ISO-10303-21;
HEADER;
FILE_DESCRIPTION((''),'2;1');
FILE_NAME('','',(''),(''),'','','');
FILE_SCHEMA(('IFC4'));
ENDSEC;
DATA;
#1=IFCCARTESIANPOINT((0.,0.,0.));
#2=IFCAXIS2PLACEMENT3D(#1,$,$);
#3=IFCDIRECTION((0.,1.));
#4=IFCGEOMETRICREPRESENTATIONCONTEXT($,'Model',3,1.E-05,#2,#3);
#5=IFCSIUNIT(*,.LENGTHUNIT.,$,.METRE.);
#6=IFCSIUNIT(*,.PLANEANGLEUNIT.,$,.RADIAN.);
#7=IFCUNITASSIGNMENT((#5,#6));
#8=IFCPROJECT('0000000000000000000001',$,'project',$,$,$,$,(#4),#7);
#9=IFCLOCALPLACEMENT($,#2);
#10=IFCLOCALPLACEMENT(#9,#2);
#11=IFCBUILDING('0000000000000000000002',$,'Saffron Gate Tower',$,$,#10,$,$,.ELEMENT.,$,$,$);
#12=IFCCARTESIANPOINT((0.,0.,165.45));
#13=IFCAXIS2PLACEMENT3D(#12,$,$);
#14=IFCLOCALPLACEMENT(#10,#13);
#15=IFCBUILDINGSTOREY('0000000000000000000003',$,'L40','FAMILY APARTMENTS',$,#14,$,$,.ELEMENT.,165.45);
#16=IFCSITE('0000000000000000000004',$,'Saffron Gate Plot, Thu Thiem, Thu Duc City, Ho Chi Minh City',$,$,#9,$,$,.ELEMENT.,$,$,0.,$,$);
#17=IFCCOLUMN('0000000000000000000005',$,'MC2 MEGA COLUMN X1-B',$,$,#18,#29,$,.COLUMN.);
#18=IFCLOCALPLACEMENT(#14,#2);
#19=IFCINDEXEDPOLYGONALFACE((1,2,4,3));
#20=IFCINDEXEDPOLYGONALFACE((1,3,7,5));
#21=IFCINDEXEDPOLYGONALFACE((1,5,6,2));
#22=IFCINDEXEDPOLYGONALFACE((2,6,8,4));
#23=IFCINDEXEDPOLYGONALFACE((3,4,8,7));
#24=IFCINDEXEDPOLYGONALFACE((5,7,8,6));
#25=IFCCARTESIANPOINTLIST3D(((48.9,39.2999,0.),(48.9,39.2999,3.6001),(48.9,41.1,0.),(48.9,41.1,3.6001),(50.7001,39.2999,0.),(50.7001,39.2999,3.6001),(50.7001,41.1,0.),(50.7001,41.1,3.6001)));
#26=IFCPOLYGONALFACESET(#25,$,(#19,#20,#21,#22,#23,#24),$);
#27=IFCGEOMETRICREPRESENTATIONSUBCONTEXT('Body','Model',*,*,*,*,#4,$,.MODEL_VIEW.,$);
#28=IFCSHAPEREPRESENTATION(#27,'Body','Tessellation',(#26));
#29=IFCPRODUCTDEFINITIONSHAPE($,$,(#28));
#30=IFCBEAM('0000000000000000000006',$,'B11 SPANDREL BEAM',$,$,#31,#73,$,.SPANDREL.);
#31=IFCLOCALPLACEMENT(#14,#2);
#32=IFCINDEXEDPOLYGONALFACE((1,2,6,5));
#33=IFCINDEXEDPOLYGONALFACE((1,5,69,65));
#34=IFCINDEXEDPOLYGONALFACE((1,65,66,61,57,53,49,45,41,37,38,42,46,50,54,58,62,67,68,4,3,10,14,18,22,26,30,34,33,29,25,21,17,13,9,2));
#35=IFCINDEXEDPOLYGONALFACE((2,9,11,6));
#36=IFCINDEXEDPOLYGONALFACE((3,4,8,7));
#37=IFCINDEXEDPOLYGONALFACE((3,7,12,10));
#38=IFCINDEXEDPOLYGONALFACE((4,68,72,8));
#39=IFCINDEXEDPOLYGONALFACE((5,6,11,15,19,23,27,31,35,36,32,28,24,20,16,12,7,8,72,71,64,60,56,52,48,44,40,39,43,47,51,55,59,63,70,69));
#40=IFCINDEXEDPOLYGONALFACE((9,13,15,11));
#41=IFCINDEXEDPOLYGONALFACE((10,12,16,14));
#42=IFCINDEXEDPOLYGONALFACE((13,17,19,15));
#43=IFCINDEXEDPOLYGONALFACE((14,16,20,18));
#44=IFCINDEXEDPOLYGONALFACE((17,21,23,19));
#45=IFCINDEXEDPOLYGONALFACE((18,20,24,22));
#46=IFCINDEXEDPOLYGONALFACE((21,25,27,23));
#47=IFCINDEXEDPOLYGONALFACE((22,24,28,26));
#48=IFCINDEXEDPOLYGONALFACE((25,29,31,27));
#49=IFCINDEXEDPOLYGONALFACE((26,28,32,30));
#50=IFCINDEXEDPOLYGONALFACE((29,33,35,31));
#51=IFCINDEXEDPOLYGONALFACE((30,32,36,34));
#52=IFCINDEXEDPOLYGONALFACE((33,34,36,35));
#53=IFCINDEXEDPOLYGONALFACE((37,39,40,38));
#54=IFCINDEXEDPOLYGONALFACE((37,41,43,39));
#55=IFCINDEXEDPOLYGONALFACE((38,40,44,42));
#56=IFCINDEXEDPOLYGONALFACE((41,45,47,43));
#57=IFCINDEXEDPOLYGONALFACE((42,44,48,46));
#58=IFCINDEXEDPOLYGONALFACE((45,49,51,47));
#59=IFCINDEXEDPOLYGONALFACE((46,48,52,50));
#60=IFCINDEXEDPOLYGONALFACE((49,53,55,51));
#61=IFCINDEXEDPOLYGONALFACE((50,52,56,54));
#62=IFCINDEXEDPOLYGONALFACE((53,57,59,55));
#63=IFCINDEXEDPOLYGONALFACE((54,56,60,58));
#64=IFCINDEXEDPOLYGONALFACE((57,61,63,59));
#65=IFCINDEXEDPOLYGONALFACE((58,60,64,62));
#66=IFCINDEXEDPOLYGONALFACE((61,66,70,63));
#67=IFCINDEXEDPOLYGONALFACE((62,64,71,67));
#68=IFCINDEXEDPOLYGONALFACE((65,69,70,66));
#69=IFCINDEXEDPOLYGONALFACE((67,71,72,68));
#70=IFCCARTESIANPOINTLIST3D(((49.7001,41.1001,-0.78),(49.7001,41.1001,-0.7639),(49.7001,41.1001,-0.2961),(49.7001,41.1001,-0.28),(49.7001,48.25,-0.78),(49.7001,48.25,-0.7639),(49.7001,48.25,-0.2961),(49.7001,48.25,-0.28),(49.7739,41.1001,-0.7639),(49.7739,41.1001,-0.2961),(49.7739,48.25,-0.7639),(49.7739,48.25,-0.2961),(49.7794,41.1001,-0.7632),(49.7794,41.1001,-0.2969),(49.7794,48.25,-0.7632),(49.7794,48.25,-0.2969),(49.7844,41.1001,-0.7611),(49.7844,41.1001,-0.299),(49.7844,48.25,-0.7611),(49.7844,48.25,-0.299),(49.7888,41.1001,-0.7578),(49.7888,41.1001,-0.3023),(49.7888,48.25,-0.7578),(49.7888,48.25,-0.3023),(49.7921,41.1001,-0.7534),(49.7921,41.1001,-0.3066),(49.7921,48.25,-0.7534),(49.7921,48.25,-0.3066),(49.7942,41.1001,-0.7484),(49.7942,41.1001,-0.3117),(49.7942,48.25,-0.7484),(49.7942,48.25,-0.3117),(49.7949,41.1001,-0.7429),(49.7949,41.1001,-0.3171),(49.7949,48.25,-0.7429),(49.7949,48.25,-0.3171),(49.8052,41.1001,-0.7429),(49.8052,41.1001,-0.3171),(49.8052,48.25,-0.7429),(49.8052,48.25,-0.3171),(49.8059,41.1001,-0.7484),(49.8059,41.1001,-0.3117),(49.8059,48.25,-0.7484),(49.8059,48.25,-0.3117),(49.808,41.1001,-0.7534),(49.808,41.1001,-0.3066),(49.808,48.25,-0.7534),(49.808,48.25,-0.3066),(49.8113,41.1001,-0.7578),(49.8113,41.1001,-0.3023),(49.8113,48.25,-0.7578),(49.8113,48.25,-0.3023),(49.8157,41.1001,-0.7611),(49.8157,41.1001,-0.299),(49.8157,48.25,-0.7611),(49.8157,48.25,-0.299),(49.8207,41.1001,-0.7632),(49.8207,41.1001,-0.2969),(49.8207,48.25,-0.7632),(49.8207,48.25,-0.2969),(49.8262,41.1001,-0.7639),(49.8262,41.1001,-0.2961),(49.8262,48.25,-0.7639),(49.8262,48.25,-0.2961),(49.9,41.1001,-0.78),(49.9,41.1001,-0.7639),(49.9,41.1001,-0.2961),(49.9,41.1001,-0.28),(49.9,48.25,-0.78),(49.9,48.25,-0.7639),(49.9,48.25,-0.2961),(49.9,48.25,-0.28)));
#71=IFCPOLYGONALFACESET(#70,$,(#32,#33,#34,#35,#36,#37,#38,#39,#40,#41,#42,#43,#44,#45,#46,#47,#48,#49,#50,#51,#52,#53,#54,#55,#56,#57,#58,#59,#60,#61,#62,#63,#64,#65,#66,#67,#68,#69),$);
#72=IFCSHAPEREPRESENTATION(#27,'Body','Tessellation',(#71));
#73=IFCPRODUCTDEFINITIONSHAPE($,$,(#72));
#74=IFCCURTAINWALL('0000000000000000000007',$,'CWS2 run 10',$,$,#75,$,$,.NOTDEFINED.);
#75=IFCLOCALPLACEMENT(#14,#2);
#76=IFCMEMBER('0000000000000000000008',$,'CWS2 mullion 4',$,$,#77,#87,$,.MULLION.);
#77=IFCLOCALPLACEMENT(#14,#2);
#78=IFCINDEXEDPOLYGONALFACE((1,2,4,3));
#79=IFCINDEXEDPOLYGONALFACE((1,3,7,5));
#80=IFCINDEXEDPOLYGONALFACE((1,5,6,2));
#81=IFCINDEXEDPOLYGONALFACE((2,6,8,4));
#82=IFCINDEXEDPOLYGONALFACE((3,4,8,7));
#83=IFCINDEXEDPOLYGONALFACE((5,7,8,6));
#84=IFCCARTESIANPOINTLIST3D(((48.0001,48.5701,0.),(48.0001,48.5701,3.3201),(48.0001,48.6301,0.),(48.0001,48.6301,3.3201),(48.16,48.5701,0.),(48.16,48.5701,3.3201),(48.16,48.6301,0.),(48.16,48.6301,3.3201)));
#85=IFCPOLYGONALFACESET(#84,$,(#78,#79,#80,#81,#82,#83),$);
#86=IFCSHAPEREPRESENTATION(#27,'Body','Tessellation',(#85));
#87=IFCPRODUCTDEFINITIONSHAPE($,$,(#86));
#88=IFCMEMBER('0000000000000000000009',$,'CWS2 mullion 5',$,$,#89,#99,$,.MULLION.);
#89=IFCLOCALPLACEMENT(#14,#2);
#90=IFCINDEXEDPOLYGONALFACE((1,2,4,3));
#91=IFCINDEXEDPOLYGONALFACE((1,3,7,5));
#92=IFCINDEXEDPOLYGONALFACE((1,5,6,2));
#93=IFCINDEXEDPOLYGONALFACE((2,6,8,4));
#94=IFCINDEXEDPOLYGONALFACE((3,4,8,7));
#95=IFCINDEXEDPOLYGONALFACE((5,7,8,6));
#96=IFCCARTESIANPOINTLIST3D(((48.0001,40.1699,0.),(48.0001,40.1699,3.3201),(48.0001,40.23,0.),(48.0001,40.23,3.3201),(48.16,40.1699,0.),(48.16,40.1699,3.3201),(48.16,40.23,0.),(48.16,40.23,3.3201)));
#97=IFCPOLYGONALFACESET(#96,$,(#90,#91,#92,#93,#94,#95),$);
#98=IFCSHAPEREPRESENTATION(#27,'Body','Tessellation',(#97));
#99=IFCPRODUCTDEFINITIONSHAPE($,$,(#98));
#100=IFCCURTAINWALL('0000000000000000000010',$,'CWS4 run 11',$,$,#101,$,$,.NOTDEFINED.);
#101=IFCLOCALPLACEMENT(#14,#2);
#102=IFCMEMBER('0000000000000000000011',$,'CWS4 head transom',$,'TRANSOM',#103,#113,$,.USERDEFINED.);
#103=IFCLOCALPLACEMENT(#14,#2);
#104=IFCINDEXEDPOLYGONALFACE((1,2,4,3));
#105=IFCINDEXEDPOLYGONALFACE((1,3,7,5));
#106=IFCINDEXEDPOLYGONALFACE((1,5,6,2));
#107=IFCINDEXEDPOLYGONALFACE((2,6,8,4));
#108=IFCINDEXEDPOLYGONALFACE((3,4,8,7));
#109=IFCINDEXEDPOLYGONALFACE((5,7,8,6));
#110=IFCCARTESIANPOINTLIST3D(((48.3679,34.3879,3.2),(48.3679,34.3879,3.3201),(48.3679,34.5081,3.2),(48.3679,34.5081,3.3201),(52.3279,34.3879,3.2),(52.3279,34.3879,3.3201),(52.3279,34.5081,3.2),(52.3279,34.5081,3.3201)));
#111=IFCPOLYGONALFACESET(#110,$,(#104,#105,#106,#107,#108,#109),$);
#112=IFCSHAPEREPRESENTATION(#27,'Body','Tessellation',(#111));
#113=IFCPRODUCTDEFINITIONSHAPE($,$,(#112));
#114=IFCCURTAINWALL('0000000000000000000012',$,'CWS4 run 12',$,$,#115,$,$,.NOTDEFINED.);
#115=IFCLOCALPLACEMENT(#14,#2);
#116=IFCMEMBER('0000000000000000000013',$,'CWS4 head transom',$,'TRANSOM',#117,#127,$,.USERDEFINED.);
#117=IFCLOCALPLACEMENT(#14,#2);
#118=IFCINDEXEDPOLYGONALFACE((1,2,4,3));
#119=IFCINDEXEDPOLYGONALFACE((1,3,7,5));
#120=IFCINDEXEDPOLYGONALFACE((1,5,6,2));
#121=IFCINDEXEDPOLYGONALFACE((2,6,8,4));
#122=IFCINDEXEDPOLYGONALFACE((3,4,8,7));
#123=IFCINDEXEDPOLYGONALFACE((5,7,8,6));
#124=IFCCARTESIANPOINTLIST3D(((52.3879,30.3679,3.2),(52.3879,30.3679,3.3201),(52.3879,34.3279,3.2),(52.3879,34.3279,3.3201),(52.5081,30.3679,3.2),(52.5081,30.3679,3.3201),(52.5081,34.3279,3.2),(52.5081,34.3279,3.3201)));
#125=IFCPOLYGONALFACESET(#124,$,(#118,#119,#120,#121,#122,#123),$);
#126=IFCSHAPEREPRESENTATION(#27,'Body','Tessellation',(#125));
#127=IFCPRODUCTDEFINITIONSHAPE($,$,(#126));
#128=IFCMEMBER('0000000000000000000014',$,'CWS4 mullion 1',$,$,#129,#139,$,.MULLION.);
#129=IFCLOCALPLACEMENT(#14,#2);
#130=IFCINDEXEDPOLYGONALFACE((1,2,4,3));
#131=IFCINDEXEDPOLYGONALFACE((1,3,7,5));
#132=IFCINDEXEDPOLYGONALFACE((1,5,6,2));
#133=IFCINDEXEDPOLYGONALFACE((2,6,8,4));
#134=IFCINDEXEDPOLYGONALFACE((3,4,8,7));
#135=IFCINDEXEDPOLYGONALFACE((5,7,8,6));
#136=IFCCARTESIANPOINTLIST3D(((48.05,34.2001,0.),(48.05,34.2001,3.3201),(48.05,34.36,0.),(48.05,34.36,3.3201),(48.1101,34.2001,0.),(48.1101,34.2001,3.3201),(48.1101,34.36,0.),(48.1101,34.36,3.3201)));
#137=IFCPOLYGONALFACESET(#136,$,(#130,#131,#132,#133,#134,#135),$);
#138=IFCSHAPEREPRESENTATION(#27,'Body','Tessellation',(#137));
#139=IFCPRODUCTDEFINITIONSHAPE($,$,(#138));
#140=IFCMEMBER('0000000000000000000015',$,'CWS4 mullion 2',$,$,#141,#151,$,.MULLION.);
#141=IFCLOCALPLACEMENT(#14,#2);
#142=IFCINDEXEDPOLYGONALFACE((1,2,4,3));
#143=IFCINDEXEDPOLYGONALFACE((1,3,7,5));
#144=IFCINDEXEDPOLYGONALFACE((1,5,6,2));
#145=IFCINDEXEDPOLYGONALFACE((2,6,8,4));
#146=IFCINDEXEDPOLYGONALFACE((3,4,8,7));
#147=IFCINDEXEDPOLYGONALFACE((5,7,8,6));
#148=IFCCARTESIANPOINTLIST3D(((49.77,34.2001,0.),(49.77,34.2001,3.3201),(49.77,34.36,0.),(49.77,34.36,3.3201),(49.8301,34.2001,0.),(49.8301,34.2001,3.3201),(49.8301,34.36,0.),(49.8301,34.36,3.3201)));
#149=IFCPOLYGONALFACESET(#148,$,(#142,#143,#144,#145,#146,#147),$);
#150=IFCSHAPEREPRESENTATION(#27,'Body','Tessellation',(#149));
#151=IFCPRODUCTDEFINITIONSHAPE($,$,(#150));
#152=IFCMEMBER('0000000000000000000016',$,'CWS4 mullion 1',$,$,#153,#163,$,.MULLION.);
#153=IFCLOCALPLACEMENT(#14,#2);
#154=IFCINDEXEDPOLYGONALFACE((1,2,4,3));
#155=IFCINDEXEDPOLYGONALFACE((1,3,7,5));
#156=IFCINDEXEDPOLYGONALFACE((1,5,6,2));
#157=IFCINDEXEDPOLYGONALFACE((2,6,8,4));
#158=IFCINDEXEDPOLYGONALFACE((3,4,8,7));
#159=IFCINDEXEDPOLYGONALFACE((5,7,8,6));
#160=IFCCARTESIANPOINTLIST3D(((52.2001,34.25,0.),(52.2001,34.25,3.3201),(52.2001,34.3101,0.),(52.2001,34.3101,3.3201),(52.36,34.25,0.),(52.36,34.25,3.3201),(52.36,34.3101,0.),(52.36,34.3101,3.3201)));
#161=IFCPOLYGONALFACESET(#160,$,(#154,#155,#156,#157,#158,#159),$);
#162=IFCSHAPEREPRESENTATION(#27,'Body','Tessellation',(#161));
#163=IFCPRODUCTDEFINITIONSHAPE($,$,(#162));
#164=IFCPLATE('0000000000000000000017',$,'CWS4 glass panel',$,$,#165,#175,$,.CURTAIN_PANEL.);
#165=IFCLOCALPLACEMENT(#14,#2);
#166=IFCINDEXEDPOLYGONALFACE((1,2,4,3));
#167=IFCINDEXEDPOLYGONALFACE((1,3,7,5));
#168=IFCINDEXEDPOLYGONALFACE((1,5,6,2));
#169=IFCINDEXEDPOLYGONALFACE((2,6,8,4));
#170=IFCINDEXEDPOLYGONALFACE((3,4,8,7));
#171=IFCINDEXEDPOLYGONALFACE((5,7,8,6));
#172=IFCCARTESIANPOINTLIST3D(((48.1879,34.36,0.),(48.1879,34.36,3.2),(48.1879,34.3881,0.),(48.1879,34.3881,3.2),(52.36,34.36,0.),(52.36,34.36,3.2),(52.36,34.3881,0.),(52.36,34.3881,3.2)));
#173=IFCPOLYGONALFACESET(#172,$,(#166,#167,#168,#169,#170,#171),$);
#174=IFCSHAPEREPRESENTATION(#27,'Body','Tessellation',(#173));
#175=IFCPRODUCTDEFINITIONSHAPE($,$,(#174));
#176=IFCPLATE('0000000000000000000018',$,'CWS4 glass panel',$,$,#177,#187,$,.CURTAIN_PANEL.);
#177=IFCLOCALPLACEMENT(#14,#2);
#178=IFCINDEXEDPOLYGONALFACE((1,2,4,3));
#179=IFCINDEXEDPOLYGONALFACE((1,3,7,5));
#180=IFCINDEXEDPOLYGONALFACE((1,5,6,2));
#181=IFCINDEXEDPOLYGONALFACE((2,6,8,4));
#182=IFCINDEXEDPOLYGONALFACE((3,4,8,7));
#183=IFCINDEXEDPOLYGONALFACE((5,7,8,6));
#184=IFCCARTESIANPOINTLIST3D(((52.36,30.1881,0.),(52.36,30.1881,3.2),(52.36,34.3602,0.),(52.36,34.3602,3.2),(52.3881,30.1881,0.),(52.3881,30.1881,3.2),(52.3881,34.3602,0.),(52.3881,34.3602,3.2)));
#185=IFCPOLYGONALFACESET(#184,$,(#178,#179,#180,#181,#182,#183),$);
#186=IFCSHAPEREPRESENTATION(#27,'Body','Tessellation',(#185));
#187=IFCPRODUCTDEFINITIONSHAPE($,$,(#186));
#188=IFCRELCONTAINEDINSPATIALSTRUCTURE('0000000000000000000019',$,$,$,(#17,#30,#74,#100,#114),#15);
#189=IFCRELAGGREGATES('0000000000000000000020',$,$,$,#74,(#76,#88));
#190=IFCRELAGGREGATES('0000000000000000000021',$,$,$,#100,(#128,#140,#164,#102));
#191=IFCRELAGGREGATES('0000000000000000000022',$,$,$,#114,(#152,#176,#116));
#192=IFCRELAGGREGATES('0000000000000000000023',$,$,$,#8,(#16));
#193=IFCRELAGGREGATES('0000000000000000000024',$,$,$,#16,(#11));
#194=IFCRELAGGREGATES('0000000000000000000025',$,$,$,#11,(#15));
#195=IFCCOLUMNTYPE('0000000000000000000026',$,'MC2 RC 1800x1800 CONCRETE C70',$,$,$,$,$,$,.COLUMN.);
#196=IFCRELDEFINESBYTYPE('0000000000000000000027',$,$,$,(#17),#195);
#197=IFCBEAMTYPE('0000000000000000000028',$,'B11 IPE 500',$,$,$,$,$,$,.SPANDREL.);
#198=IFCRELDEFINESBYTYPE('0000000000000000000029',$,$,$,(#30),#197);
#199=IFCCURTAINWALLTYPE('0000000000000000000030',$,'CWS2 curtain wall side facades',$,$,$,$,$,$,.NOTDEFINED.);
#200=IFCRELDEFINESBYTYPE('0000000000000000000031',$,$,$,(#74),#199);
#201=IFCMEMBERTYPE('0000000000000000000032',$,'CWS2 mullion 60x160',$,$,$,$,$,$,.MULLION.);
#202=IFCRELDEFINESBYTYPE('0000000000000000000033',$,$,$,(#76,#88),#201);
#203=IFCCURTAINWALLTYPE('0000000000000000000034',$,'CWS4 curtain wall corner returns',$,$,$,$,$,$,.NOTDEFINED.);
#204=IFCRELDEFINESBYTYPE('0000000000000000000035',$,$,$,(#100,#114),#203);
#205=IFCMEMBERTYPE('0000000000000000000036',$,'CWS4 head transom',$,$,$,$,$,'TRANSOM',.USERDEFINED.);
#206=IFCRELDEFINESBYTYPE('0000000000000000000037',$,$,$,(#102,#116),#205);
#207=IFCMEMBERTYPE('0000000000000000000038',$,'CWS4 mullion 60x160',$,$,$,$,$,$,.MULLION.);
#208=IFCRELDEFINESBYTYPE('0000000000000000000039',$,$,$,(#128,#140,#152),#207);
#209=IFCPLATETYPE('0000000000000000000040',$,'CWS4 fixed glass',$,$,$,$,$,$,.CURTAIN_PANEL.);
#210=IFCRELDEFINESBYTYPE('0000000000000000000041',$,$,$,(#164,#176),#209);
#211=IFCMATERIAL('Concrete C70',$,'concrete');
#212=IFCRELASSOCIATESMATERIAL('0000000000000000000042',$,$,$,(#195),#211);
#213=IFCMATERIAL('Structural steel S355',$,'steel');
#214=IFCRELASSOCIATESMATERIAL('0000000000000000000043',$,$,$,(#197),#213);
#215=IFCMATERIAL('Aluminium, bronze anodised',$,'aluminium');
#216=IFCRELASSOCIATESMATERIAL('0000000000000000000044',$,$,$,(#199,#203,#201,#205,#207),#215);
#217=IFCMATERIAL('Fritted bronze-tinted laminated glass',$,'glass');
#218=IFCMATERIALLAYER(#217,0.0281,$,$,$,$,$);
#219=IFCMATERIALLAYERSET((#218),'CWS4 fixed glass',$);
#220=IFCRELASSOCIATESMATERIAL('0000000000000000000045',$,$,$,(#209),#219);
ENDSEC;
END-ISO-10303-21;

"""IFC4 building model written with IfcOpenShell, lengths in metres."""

from ifc_helpers import new_model, si_unit, direction, frame, frame_2d, origin, origin_2d, place, context, subcontext, project, spatial, rectangle, i_section, extrude, material, layer, layer_set, material_profile, profile_set, type_object, element, aggregate, save


model = new_model("IFC4")

# Units and contexts
model_context = context("Model", 3, precision=1e-05, world=origin(), true_north=direction((0.0, 1.0)))
body_context = subcontext(model_context, "Body", "Model", "MODEL_VIEW")
ifc_project = project(units=[si_unit("LENGTHUNIT", "METRE"), si_unit("PLANEANGLEUNIT", "RADIAN")], contexts=[model_context])

# Site, building, storey
site_placement = place(None, origin())
site = spatial("IfcSite", under=ifc_project, at=site_placement, Name="Saffron Gate Plot, Thu Thiem, Thu Duc City, Ho Chi Minh City", CompositionType="ELEMENT", RefElevation=0.0)
building_placement = place(site_placement, origin())
building = spatial("IfcBuilding", under=site, at=building_placement, Name="Saffron Gate Tower", CompositionType="ELEMENT")
storey_placement = place(building_placement, frame((0.0, 0.0, 165.45)))
storey = spatial("IfcBuildingStorey", under=building, at=storey_placement, Name="L40", Description="FAMILY APARTMENTS", CompositionType="ELEMENT", Elevation=165.45)

# Column
ifc_material_1 = material(Name="Concrete C70", Category="concrete")
ifc_material_profile_1 = material_profile(ifc_material_1, rectangle(XDim=1.8, YDim=1.8, at=origin_2d()))
ifc_profile_set_1 = profile_set([ifc_material_profile_1], Name="Concrete C70")
column_type = type_object("IfcColumnType", Name="MC2 RC 1800x1800 CONCRETE C70", PredefinedType="COLUMN", material=ifc_profile_set_1)
column_placement = place(storey_placement, frame((49.8, 40.2, 0.0), z_axis=(0.0, 0.0, 1.0), x_axis=(1.0, 0.0, 0.0)))
element("IfcColumn", 1, at=column_placement, inside=storey, type_object=column_type, Name="MC2 MEGA COLUMN X1-B", PredefinedType="COLUMN", context=body_context, shape_type="SweptSolid", body=[
    extrude(rectangle(XDim=1.8, YDim=1.8, at=origin_2d()), origin(), (0.0, 0.0, 1.0), 3.6001),
])

# Beam
ifc_material_2 = material(Name="Structural steel S355", Category="steel")
ifc_material_profile_2 = material_profile(ifc_material_2, i_section(OverallWidth=0.2, OverallDepth=0.5, WebThickness=0.0103, FlangeThickness=0.0161, FilletRadius=0.021, at=origin_2d()))
ifc_profile_set_2 = profile_set([ifc_material_profile_2], Name="Structural steel S355")
beam_type = type_object("IfcBeamType", Name="B11 IPE 500", PredefinedType="SPANDREL", material=ifc_profile_set_2)
beam_placement = place(storey_placement, frame((49.8, 41.1001, -0.53), z_axis=(0.0, 1.0, 0.0), x_axis=(-1.0, 0.0, 0.0)))
element("IfcBeam", 2, at=beam_placement, inside=storey, type_object=beam_type, Name="B11 SPANDREL BEAM", PredefinedType="SPANDREL", context=body_context, shape_type="SweptSolid", body=[
    extrude(i_section(OverallWidth=0.2, OverallDepth=0.5, WebThickness=0.0103, FlangeThickness=0.0161, FilletRadius=0.021, at=origin_2d()), origin(), (0.0, 0.0, 1.0), 7.1499),
])

# Curtain wall, members
ifc_material_3 = material(Name="Aluminium, bronze anodised", Category="aluminium")
curtain_wall_type_1 = type_object("IfcCurtainWallType", Name="CWS2 curtain wall side facades", PredefinedType="NOTDEFINED", material=ifc_material_3)
curtain_wall_1_placement = place(storey_placement, origin())
curtain_wall_1 = element("IfcCurtainWall", 3, at=curtain_wall_1_placement, inside=storey, type_object=curtain_wall_type_1, Name="CWS2 run 10", PredefinedType="NOTDEFINED")
ifc_material_profile_3 = material_profile(ifc_material_3, rectangle(XDim=0.1599, YDim=0.0601, at=origin_2d()))
ifc_profile_set_3 = profile_set([ifc_material_profile_3], Name="Aluminium, bronze anodised")
member_type_1 = type_object("IfcMemberType", Name="CWS2 mullion 60x160", PredefinedType="MULLION", material=ifc_profile_set_3)
member_1_placement = place(storey_placement, frame((48.0801, 48.6001, 0.0), z_axis=(0.0, 0.0, 1.0), x_axis=(1.0, 0.0, 0.0)))
member_1 = element("IfcMember", 4, at=member_1_placement, type_object=member_type_1, Name="CWS2 mullion 4", PredefinedType="MULLION", context=body_context, shape_type="SweptSolid", body=[
    extrude(rectangle(XDim=0.1599, YDim=0.0601, at=origin_2d()), origin(), (0.0, 0.0, 1.0), 3.3201),
])
member_2_placement = place(storey_placement, frame((48.0801, 40.2, 0.0), z_axis=(0.0, 0.0, 1.0), x_axis=(1.0, 0.0, 0.0)))
member_2 = element("IfcMember", 5, at=member_2_placement, type_object=member_type_1, Name="CWS2 mullion 5", PredefinedType="MULLION", context=body_context, shape_type="SweptSolid", body=[
    extrude(rectangle(XDim=0.1599, YDim=0.0601, at=origin_2d()), origin(), (0.0, 0.0, 1.0), 3.3201),
])
aggregate(curtain_wall_1, [member_1, member_2])

# Curtain walls, members
curtain_wall_type_2 = type_object("IfcCurtainWallType", Name="CWS4 curtain wall corner returns", PredefinedType="NOTDEFINED", material=ifc_material_3)
curtain_wall_2_placement = place(storey_placement, origin())
curtain_wall_2 = element("IfcCurtainWall", 6, at=curtain_wall_2_placement, inside=storey, type_object=curtain_wall_type_2, Name="CWS4 run 11", PredefinedType="NOTDEFINED")
ifc_material_profile_4 = material_profile(ifc_material_3, rectangle(XDim=0.1201, YDim=0.1201, at=origin_2d()))
ifc_profile_set_4 = profile_set([ifc_material_profile_4], Name="Aluminium, bronze anodised")
member_type_2 = type_object("IfcMemberType", Name="CWS4 head transom", ElementType="TRANSOM", PredefinedType="USERDEFINED", material=ifc_profile_set_4)
member_3_placement = place(storey_placement, frame((48.3679, 34.448, 3.26), z_axis=(1.0, 0.0, 0.0), x_axis=(0.0, 1.0, 0.0)))
member_3 = element("IfcMember", 7, at=member_3_placement, type_object=member_type_2, Name="CWS4 head transom", ObjectType="TRANSOM", PredefinedType="USERDEFINED", context=body_context, shape_type="SweptSolid", body=[
    extrude(rectangle(XDim=0.1201, YDim=0.1201, at=origin_2d()), origin(), (0.0, 0.0, 1.0), 3.96),
])
curtain_wall_3_placement = place(storey_placement, origin())
curtain_wall_3 = element("IfcCurtainWall", 8, at=curtain_wall_3_placement, inside=storey, type_object=curtain_wall_type_2, Name="CWS4 run 12", PredefinedType="NOTDEFINED")
member_4_placement = place(storey_placement, frame((52.448, 34.3279, 3.26), z_axis=(0.0, -1.0, 0.0), x_axis=(1.0, 0.0, 0.0)))
member_4 = element("IfcMember", 9, at=member_4_placement, type_object=member_type_2, Name="CWS4 head transom", ObjectType="TRANSOM", PredefinedType="USERDEFINED", context=body_context, shape_type="SweptSolid", body=[
    extrude(rectangle(XDim=0.1201, YDim=0.1201, at=origin_2d()), origin(), (0.0, 0.0, 1.0), 3.96),
])

# Members
ifc_material_profile_5 = material_profile(ifc_material_3, rectangle(XDim=0.1599, YDim=0.0601, at=origin_2d()))
ifc_profile_set_5 = profile_set([ifc_material_profile_5], Name="Aluminium, bronze anodised")
member_type_3 = type_object("IfcMemberType", Name="CWS4 mullion 60x160", PredefinedType="MULLION", material=ifc_profile_set_5)
member_5_placement = place(storey_placement, frame((48.0801, 34.28, 0.0), z_axis=(0.0, 0.0, 1.0), x_axis=(0.0, 1.0, 0.0)))
member_5 = element("IfcMember", 10, at=member_5_placement, type_object=member_type_3, Name="CWS4 mullion 1", PredefinedType="MULLION", context=body_context, shape_type="SweptSolid", body=[
    extrude(rectangle(XDim=0.1599, YDim=0.0601, at=origin_2d()), origin(), (0.0, 0.0, 1.0), 3.3201),
])
member_6_placement = place(storey_placement, frame((49.8, 34.28, 0.0), z_axis=(0.0, 0.0, 1.0), x_axis=(0.0, 1.0, 0.0)))
member_6 = element("IfcMember", 11, at=member_6_placement, type_object=member_type_3, Name="CWS4 mullion 2", PredefinedType="MULLION", context=body_context, shape_type="SweptSolid", body=[
    extrude(rectangle(XDim=0.1599, YDim=0.0601, at=origin_2d()), origin(), (0.0, 0.0, 1.0), 3.3201),
])
member_7_placement = place(storey_placement, frame((52.28, 34.28, 0.0), z_axis=(0.0, 0.0, 1.0), x_axis=(1.0, 0.0, 0.0)))
member_7 = element("IfcMember", 12, at=member_7_placement, type_object=member_type_3, Name="CWS4 mullion 1", PredefinedType="MULLION", context=body_context, shape_type="SweptSolid", body=[
    extrude(rectangle(XDim=0.1599, YDim=0.0601, at=origin_2d()), origin(), (0.0, 0.0, 1.0), 3.3201),
])

# Plates
ifc_material_4 = material(Name="Fritted bronze-tinted laminated glass", Category="glass")
ifc_layer_1 = layer(ifc_material_4, 0.0281)
ifc_layer_set_1 = layer_set([ifc_layer_1], Name="CWS4 fixed glass")
plate_type = type_object("IfcPlateType", Name="CWS4 fixed glass", PredefinedType="CURTAIN_PANEL", material=ifc_layer_set_1)
plate_1_placement = place(storey_placement, frame((48.188, 34.374, 0.0), z_axis=(0.0, 0.0, 1.0), x_axis=(1.0, 0.0, 0.0)))
plate_1 = element("IfcPlate", 13, at=plate_1_placement, type_object=plate_type, Name="CWS4 glass panel", PredefinedType="CURTAIN_PANEL", context=body_context, shape_type="SweptSolid", body=[
    extrude(rectangle(XDim=4.1721, YDim=0.0281, at=frame_2d((2.0859, 0.0))), origin(), (0.0, 0.0, 1.0), 3.2),
])
aggregate(curtain_wall_2, [member_5, member_6, plate_1, member_3])
plate_2_placement = place(storey_placement, frame((52.374, 34.3601, 0.0), z_axis=(0.0, 0.0, 1.0), x_axis=(0.0, -1.0, 0.0)))
plate_2 = element("IfcPlate", 14, at=plate_2_placement, type_object=plate_type, Name="CWS4 glass panel", PredefinedType="CURTAIN_PANEL", context=body_context, shape_type="SweptSolid", body=[
    extrude(rectangle(XDim=4.1721, YDim=0.0281, at=frame_2d((2.0859, 0.0))), origin(), (0.0, 0.0, 1.0), 3.2),
])
aggregate(curtain_wall_3, [member_7, plate_2, member_4])

save(model, "model.ifc")
